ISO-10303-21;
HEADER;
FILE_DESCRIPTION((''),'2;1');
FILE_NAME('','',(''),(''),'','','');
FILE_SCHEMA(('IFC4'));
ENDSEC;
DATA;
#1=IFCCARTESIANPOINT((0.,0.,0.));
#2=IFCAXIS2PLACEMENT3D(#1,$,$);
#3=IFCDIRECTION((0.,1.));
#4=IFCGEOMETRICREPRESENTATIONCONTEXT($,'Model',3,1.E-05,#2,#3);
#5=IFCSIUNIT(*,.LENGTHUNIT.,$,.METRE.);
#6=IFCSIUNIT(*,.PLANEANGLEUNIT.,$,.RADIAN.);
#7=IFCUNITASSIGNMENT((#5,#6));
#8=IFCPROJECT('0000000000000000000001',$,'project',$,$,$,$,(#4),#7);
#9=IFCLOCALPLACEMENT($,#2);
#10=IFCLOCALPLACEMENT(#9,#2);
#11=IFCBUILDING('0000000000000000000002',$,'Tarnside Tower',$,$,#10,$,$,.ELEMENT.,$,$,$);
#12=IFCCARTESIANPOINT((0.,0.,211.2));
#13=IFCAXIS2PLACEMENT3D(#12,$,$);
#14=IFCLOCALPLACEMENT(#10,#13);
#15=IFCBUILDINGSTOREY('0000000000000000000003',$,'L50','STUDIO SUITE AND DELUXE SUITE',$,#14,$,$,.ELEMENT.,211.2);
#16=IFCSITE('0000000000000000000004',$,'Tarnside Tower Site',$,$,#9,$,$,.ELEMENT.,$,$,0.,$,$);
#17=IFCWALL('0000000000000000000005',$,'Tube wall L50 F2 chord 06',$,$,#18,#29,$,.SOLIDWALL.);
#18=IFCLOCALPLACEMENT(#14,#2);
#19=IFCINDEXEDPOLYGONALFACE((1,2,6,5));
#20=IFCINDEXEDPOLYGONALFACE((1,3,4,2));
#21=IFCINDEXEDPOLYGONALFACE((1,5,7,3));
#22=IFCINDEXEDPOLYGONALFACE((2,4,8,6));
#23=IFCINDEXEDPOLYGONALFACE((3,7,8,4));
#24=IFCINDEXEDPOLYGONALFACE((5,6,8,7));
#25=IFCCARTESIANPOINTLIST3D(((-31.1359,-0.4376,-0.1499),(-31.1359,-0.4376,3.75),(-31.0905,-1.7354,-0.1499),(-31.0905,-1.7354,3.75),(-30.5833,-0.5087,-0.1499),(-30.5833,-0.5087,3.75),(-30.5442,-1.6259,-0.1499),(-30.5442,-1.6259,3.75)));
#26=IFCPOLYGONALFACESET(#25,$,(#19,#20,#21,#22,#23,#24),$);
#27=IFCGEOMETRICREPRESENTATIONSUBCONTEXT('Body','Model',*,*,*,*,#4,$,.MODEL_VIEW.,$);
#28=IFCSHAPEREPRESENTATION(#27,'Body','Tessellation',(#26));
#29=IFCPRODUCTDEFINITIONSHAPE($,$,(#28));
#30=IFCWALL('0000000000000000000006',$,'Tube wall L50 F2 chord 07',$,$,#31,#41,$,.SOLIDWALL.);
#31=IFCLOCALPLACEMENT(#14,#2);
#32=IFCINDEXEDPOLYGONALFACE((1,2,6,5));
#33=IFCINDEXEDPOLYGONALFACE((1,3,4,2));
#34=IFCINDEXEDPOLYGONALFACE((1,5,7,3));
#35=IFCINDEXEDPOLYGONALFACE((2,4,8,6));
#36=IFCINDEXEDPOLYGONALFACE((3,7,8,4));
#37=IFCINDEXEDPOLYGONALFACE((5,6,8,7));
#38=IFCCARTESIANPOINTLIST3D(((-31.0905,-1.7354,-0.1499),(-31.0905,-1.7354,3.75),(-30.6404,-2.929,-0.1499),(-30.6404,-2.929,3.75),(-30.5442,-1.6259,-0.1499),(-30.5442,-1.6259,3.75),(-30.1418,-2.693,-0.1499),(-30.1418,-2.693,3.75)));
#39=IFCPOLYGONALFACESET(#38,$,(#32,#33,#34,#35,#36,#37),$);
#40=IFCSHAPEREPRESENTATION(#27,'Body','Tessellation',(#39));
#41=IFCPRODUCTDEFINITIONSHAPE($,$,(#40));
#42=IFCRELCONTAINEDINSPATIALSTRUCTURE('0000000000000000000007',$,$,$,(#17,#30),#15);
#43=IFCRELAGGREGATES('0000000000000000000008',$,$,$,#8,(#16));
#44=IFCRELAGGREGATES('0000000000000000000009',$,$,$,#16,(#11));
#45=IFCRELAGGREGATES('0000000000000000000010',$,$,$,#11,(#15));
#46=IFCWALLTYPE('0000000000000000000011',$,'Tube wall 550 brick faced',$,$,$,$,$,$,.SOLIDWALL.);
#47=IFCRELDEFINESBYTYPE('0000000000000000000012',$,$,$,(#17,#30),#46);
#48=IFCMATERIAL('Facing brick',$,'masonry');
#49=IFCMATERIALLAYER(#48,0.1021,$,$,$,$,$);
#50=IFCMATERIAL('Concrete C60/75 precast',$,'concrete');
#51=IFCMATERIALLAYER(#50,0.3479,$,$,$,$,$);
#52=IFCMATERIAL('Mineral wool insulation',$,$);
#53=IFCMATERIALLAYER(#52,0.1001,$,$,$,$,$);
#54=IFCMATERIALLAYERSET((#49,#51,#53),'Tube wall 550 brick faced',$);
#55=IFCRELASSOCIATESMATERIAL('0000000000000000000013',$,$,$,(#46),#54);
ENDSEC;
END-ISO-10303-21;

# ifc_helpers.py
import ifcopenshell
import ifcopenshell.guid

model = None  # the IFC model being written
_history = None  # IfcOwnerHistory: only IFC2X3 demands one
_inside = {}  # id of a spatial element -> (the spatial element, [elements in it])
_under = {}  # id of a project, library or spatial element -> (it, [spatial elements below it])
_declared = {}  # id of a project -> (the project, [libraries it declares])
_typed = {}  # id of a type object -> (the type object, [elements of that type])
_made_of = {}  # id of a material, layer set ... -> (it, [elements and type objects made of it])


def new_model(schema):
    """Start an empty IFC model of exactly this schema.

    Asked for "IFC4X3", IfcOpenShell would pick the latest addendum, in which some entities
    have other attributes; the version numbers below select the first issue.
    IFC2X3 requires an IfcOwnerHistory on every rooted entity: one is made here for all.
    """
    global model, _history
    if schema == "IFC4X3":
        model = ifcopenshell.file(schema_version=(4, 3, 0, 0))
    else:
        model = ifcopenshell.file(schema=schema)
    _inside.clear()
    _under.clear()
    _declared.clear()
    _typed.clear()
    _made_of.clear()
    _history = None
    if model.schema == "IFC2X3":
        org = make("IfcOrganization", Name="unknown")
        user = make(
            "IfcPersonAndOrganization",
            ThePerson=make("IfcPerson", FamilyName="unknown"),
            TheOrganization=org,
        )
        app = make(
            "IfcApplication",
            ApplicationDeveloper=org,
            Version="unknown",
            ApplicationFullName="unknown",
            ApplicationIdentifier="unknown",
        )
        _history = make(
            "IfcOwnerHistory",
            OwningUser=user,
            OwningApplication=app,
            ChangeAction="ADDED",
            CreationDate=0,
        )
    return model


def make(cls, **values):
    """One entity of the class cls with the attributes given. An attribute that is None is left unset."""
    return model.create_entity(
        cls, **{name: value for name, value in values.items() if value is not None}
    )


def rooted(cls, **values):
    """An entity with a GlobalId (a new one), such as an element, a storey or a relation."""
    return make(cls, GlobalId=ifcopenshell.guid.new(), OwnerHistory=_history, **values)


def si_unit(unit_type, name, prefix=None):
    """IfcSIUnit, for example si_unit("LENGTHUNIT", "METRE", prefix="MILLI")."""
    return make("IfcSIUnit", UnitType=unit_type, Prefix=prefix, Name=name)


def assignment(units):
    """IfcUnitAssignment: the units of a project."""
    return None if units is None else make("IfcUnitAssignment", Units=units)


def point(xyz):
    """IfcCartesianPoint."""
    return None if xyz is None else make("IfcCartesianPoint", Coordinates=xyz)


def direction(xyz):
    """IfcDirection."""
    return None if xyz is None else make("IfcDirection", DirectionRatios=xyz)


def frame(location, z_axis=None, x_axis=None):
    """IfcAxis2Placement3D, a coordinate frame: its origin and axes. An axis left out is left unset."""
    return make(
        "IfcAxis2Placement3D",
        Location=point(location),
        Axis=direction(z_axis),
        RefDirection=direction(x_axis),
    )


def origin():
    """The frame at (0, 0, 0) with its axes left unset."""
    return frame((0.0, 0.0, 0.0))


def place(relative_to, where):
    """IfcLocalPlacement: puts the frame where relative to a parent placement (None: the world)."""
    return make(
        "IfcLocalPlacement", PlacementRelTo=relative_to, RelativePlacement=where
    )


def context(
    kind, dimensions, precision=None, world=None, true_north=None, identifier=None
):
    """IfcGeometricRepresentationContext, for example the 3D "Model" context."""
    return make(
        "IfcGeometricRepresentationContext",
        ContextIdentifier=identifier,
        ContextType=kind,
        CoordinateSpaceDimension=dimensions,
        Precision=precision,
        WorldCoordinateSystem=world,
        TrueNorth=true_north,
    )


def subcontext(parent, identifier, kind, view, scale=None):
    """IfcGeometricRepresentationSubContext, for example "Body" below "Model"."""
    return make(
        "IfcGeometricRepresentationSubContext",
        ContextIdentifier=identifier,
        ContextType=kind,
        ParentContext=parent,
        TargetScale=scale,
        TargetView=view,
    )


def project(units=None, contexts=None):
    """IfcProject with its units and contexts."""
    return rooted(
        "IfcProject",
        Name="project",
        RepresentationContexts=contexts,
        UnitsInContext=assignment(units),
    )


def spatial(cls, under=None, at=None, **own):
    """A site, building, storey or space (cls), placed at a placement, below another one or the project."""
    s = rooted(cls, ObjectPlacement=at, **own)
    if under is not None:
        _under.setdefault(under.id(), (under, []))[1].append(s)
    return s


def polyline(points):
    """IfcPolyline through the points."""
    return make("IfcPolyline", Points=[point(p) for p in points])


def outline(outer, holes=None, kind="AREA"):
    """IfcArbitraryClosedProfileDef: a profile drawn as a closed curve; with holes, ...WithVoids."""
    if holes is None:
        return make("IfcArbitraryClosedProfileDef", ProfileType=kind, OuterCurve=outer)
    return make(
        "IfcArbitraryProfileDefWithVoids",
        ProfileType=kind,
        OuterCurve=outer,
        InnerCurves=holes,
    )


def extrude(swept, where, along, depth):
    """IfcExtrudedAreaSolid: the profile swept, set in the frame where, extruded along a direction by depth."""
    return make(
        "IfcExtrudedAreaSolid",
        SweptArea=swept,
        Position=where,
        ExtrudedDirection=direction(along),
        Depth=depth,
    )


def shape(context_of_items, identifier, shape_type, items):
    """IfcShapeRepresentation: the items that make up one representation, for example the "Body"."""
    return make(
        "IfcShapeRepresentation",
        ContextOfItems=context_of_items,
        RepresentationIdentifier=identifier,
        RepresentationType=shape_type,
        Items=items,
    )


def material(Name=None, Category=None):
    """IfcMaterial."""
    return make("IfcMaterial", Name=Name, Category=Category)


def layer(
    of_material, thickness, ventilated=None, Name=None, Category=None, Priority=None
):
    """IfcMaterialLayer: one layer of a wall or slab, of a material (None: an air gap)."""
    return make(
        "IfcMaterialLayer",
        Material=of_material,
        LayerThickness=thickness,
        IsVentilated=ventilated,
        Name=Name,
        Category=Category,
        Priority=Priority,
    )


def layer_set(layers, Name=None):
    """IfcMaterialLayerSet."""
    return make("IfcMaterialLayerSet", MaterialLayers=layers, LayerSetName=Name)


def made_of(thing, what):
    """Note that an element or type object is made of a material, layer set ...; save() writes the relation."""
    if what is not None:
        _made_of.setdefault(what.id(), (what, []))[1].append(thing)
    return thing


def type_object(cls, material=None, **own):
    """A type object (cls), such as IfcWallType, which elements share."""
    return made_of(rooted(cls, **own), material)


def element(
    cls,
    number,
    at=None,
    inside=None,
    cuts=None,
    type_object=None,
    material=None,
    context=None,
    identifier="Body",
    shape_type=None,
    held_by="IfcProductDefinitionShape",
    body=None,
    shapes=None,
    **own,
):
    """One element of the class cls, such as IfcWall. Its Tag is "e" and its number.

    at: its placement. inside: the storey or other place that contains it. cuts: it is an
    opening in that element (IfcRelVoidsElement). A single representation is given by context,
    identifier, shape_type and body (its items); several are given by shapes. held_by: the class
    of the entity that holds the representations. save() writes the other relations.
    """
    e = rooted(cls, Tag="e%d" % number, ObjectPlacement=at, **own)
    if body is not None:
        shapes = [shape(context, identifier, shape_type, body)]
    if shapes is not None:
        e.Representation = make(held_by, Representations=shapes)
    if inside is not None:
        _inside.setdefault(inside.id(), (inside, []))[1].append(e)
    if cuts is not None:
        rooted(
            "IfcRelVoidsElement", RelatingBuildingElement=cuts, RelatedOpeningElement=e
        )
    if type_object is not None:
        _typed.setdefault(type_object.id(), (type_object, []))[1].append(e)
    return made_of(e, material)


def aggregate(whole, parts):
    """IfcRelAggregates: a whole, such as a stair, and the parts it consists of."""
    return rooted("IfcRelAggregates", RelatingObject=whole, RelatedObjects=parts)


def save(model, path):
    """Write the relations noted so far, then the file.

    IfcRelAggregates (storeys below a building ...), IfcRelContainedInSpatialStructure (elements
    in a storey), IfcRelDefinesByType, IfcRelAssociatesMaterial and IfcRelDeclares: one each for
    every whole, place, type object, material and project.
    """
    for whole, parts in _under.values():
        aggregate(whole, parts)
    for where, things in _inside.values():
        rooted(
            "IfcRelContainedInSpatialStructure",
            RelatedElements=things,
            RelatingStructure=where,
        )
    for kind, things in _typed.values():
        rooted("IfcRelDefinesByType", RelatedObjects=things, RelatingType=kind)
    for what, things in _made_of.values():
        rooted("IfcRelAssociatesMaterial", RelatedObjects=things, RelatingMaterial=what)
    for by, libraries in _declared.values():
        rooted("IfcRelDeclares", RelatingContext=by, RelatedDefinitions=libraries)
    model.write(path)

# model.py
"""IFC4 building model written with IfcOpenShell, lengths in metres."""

from ifc_helpers import new_model, si_unit, direction, frame, origin, place, context, subcontext, project, spatial, polyline, outline, extrude, material, layer, layer_set, type_object, element, save


model = new_model("IFC4")

# Units and contexts
model_context = context("Model", 3, precision=1e-05, world=origin(), true_north=direction((0.0, 1.0)))
body_context = subcontext(model_context, "Body", "Model", "MODEL_VIEW")
ifc_project = project(units=[si_unit("LENGTHUNIT", "METRE"), si_unit("PLANEANGLEUNIT", "RADIAN")], contexts=[model_context])

# Site, building, storey
site_placement = place(None, origin())
site = spatial("IfcSite", under=ifc_project, at=site_placement, Name="Tarnside Tower Site", CompositionType="ELEMENT", RefElevation=0.0)
building_placement = place(site_placement, origin())
building = spatial("IfcBuilding", under=site, at=building_placement, Name="Tarnside Tower", CompositionType="ELEMENT")
storey_placement = place(building_placement, frame((0.0, 0.0, 211.2)))
storey = spatial("IfcBuildingStorey", under=building, at=storey_placement, Name="L50", Description="STUDIO SUITE AND DELUXE SUITE", CompositionType="ELEMENT", Elevation=211.2)

# Walls
ifc_material_1 = material(Name="Facing brick", Category="masonry")
ifc_layer_1 = layer(ifc_material_1, 0.1021)
ifc_material_2 = material(Name="Concrete C60/75 precast", Category="concrete")
ifc_layer_2 = layer(ifc_material_2, 0.3479)
ifc_material_3 = material(Name="Mineral wool insulation")
ifc_layer_3 = layer(ifc_material_3, 0.1001)
ifc_layer_set_1 = layer_set([ifc_layer_1, ifc_layer_2, ifc_layer_3], Name="Tube wall 550 brick faced")
wall_type_1 = type_object("IfcWallType", Name="Tube wall 550 brick faced", PredefinedType="SOLIDWALL", material=ifc_layer_set_1)
wall_1_placement = place(storey_placement, frame((-30.8596, -0.4731, -0.1499), z_axis=(0.0, 0.0, 1.0), x_axis=(0.034956, -0.999389, 0.0)))
element("IfcWall", 1, at=wall_1_placement, inside=storey, type_object=wall_type_1, Name="Tube wall L50 F2 chord 06", PredefinedType="SOLIDWALL", context=body_context, shape_type="SweptSolid", body=[
    extrude(outline(polyline([(-0.0452, -0.2749), (1.2534, -0.2749), (1.1631, 0.2749), (0.0452, 0.2749), (-0.0452, -0.2749)])), origin(), (0.0, 0.0, 1.0), 3.8999),
])
wall_2_placement = place(storey_placement, frame((-30.8174, -1.6807, -0.1499), z_axis=(0.0, 0.0, 1.0), x_axis=(0.35285, -0.93568, 0.0)))
element("IfcWall", 2, at=wall_2_placement, inside=storey, type_object=wall_type_1, Name="Tube wall L50 F2 chord 07", PredefinedType="SOLIDWALL", context=body_context, shape_type="SweptSolid", body=[
    extrude(outline(polyline([(-0.0452, -0.2749), (1.2305, -0.2749), (1.1855, 0.2749), (0.0452, 0.2749), (-0.0452, -0.2749)])), origin(), (0.0, 0.0, 1.0), 3.8999),
])

save(model, "model.ifc")
